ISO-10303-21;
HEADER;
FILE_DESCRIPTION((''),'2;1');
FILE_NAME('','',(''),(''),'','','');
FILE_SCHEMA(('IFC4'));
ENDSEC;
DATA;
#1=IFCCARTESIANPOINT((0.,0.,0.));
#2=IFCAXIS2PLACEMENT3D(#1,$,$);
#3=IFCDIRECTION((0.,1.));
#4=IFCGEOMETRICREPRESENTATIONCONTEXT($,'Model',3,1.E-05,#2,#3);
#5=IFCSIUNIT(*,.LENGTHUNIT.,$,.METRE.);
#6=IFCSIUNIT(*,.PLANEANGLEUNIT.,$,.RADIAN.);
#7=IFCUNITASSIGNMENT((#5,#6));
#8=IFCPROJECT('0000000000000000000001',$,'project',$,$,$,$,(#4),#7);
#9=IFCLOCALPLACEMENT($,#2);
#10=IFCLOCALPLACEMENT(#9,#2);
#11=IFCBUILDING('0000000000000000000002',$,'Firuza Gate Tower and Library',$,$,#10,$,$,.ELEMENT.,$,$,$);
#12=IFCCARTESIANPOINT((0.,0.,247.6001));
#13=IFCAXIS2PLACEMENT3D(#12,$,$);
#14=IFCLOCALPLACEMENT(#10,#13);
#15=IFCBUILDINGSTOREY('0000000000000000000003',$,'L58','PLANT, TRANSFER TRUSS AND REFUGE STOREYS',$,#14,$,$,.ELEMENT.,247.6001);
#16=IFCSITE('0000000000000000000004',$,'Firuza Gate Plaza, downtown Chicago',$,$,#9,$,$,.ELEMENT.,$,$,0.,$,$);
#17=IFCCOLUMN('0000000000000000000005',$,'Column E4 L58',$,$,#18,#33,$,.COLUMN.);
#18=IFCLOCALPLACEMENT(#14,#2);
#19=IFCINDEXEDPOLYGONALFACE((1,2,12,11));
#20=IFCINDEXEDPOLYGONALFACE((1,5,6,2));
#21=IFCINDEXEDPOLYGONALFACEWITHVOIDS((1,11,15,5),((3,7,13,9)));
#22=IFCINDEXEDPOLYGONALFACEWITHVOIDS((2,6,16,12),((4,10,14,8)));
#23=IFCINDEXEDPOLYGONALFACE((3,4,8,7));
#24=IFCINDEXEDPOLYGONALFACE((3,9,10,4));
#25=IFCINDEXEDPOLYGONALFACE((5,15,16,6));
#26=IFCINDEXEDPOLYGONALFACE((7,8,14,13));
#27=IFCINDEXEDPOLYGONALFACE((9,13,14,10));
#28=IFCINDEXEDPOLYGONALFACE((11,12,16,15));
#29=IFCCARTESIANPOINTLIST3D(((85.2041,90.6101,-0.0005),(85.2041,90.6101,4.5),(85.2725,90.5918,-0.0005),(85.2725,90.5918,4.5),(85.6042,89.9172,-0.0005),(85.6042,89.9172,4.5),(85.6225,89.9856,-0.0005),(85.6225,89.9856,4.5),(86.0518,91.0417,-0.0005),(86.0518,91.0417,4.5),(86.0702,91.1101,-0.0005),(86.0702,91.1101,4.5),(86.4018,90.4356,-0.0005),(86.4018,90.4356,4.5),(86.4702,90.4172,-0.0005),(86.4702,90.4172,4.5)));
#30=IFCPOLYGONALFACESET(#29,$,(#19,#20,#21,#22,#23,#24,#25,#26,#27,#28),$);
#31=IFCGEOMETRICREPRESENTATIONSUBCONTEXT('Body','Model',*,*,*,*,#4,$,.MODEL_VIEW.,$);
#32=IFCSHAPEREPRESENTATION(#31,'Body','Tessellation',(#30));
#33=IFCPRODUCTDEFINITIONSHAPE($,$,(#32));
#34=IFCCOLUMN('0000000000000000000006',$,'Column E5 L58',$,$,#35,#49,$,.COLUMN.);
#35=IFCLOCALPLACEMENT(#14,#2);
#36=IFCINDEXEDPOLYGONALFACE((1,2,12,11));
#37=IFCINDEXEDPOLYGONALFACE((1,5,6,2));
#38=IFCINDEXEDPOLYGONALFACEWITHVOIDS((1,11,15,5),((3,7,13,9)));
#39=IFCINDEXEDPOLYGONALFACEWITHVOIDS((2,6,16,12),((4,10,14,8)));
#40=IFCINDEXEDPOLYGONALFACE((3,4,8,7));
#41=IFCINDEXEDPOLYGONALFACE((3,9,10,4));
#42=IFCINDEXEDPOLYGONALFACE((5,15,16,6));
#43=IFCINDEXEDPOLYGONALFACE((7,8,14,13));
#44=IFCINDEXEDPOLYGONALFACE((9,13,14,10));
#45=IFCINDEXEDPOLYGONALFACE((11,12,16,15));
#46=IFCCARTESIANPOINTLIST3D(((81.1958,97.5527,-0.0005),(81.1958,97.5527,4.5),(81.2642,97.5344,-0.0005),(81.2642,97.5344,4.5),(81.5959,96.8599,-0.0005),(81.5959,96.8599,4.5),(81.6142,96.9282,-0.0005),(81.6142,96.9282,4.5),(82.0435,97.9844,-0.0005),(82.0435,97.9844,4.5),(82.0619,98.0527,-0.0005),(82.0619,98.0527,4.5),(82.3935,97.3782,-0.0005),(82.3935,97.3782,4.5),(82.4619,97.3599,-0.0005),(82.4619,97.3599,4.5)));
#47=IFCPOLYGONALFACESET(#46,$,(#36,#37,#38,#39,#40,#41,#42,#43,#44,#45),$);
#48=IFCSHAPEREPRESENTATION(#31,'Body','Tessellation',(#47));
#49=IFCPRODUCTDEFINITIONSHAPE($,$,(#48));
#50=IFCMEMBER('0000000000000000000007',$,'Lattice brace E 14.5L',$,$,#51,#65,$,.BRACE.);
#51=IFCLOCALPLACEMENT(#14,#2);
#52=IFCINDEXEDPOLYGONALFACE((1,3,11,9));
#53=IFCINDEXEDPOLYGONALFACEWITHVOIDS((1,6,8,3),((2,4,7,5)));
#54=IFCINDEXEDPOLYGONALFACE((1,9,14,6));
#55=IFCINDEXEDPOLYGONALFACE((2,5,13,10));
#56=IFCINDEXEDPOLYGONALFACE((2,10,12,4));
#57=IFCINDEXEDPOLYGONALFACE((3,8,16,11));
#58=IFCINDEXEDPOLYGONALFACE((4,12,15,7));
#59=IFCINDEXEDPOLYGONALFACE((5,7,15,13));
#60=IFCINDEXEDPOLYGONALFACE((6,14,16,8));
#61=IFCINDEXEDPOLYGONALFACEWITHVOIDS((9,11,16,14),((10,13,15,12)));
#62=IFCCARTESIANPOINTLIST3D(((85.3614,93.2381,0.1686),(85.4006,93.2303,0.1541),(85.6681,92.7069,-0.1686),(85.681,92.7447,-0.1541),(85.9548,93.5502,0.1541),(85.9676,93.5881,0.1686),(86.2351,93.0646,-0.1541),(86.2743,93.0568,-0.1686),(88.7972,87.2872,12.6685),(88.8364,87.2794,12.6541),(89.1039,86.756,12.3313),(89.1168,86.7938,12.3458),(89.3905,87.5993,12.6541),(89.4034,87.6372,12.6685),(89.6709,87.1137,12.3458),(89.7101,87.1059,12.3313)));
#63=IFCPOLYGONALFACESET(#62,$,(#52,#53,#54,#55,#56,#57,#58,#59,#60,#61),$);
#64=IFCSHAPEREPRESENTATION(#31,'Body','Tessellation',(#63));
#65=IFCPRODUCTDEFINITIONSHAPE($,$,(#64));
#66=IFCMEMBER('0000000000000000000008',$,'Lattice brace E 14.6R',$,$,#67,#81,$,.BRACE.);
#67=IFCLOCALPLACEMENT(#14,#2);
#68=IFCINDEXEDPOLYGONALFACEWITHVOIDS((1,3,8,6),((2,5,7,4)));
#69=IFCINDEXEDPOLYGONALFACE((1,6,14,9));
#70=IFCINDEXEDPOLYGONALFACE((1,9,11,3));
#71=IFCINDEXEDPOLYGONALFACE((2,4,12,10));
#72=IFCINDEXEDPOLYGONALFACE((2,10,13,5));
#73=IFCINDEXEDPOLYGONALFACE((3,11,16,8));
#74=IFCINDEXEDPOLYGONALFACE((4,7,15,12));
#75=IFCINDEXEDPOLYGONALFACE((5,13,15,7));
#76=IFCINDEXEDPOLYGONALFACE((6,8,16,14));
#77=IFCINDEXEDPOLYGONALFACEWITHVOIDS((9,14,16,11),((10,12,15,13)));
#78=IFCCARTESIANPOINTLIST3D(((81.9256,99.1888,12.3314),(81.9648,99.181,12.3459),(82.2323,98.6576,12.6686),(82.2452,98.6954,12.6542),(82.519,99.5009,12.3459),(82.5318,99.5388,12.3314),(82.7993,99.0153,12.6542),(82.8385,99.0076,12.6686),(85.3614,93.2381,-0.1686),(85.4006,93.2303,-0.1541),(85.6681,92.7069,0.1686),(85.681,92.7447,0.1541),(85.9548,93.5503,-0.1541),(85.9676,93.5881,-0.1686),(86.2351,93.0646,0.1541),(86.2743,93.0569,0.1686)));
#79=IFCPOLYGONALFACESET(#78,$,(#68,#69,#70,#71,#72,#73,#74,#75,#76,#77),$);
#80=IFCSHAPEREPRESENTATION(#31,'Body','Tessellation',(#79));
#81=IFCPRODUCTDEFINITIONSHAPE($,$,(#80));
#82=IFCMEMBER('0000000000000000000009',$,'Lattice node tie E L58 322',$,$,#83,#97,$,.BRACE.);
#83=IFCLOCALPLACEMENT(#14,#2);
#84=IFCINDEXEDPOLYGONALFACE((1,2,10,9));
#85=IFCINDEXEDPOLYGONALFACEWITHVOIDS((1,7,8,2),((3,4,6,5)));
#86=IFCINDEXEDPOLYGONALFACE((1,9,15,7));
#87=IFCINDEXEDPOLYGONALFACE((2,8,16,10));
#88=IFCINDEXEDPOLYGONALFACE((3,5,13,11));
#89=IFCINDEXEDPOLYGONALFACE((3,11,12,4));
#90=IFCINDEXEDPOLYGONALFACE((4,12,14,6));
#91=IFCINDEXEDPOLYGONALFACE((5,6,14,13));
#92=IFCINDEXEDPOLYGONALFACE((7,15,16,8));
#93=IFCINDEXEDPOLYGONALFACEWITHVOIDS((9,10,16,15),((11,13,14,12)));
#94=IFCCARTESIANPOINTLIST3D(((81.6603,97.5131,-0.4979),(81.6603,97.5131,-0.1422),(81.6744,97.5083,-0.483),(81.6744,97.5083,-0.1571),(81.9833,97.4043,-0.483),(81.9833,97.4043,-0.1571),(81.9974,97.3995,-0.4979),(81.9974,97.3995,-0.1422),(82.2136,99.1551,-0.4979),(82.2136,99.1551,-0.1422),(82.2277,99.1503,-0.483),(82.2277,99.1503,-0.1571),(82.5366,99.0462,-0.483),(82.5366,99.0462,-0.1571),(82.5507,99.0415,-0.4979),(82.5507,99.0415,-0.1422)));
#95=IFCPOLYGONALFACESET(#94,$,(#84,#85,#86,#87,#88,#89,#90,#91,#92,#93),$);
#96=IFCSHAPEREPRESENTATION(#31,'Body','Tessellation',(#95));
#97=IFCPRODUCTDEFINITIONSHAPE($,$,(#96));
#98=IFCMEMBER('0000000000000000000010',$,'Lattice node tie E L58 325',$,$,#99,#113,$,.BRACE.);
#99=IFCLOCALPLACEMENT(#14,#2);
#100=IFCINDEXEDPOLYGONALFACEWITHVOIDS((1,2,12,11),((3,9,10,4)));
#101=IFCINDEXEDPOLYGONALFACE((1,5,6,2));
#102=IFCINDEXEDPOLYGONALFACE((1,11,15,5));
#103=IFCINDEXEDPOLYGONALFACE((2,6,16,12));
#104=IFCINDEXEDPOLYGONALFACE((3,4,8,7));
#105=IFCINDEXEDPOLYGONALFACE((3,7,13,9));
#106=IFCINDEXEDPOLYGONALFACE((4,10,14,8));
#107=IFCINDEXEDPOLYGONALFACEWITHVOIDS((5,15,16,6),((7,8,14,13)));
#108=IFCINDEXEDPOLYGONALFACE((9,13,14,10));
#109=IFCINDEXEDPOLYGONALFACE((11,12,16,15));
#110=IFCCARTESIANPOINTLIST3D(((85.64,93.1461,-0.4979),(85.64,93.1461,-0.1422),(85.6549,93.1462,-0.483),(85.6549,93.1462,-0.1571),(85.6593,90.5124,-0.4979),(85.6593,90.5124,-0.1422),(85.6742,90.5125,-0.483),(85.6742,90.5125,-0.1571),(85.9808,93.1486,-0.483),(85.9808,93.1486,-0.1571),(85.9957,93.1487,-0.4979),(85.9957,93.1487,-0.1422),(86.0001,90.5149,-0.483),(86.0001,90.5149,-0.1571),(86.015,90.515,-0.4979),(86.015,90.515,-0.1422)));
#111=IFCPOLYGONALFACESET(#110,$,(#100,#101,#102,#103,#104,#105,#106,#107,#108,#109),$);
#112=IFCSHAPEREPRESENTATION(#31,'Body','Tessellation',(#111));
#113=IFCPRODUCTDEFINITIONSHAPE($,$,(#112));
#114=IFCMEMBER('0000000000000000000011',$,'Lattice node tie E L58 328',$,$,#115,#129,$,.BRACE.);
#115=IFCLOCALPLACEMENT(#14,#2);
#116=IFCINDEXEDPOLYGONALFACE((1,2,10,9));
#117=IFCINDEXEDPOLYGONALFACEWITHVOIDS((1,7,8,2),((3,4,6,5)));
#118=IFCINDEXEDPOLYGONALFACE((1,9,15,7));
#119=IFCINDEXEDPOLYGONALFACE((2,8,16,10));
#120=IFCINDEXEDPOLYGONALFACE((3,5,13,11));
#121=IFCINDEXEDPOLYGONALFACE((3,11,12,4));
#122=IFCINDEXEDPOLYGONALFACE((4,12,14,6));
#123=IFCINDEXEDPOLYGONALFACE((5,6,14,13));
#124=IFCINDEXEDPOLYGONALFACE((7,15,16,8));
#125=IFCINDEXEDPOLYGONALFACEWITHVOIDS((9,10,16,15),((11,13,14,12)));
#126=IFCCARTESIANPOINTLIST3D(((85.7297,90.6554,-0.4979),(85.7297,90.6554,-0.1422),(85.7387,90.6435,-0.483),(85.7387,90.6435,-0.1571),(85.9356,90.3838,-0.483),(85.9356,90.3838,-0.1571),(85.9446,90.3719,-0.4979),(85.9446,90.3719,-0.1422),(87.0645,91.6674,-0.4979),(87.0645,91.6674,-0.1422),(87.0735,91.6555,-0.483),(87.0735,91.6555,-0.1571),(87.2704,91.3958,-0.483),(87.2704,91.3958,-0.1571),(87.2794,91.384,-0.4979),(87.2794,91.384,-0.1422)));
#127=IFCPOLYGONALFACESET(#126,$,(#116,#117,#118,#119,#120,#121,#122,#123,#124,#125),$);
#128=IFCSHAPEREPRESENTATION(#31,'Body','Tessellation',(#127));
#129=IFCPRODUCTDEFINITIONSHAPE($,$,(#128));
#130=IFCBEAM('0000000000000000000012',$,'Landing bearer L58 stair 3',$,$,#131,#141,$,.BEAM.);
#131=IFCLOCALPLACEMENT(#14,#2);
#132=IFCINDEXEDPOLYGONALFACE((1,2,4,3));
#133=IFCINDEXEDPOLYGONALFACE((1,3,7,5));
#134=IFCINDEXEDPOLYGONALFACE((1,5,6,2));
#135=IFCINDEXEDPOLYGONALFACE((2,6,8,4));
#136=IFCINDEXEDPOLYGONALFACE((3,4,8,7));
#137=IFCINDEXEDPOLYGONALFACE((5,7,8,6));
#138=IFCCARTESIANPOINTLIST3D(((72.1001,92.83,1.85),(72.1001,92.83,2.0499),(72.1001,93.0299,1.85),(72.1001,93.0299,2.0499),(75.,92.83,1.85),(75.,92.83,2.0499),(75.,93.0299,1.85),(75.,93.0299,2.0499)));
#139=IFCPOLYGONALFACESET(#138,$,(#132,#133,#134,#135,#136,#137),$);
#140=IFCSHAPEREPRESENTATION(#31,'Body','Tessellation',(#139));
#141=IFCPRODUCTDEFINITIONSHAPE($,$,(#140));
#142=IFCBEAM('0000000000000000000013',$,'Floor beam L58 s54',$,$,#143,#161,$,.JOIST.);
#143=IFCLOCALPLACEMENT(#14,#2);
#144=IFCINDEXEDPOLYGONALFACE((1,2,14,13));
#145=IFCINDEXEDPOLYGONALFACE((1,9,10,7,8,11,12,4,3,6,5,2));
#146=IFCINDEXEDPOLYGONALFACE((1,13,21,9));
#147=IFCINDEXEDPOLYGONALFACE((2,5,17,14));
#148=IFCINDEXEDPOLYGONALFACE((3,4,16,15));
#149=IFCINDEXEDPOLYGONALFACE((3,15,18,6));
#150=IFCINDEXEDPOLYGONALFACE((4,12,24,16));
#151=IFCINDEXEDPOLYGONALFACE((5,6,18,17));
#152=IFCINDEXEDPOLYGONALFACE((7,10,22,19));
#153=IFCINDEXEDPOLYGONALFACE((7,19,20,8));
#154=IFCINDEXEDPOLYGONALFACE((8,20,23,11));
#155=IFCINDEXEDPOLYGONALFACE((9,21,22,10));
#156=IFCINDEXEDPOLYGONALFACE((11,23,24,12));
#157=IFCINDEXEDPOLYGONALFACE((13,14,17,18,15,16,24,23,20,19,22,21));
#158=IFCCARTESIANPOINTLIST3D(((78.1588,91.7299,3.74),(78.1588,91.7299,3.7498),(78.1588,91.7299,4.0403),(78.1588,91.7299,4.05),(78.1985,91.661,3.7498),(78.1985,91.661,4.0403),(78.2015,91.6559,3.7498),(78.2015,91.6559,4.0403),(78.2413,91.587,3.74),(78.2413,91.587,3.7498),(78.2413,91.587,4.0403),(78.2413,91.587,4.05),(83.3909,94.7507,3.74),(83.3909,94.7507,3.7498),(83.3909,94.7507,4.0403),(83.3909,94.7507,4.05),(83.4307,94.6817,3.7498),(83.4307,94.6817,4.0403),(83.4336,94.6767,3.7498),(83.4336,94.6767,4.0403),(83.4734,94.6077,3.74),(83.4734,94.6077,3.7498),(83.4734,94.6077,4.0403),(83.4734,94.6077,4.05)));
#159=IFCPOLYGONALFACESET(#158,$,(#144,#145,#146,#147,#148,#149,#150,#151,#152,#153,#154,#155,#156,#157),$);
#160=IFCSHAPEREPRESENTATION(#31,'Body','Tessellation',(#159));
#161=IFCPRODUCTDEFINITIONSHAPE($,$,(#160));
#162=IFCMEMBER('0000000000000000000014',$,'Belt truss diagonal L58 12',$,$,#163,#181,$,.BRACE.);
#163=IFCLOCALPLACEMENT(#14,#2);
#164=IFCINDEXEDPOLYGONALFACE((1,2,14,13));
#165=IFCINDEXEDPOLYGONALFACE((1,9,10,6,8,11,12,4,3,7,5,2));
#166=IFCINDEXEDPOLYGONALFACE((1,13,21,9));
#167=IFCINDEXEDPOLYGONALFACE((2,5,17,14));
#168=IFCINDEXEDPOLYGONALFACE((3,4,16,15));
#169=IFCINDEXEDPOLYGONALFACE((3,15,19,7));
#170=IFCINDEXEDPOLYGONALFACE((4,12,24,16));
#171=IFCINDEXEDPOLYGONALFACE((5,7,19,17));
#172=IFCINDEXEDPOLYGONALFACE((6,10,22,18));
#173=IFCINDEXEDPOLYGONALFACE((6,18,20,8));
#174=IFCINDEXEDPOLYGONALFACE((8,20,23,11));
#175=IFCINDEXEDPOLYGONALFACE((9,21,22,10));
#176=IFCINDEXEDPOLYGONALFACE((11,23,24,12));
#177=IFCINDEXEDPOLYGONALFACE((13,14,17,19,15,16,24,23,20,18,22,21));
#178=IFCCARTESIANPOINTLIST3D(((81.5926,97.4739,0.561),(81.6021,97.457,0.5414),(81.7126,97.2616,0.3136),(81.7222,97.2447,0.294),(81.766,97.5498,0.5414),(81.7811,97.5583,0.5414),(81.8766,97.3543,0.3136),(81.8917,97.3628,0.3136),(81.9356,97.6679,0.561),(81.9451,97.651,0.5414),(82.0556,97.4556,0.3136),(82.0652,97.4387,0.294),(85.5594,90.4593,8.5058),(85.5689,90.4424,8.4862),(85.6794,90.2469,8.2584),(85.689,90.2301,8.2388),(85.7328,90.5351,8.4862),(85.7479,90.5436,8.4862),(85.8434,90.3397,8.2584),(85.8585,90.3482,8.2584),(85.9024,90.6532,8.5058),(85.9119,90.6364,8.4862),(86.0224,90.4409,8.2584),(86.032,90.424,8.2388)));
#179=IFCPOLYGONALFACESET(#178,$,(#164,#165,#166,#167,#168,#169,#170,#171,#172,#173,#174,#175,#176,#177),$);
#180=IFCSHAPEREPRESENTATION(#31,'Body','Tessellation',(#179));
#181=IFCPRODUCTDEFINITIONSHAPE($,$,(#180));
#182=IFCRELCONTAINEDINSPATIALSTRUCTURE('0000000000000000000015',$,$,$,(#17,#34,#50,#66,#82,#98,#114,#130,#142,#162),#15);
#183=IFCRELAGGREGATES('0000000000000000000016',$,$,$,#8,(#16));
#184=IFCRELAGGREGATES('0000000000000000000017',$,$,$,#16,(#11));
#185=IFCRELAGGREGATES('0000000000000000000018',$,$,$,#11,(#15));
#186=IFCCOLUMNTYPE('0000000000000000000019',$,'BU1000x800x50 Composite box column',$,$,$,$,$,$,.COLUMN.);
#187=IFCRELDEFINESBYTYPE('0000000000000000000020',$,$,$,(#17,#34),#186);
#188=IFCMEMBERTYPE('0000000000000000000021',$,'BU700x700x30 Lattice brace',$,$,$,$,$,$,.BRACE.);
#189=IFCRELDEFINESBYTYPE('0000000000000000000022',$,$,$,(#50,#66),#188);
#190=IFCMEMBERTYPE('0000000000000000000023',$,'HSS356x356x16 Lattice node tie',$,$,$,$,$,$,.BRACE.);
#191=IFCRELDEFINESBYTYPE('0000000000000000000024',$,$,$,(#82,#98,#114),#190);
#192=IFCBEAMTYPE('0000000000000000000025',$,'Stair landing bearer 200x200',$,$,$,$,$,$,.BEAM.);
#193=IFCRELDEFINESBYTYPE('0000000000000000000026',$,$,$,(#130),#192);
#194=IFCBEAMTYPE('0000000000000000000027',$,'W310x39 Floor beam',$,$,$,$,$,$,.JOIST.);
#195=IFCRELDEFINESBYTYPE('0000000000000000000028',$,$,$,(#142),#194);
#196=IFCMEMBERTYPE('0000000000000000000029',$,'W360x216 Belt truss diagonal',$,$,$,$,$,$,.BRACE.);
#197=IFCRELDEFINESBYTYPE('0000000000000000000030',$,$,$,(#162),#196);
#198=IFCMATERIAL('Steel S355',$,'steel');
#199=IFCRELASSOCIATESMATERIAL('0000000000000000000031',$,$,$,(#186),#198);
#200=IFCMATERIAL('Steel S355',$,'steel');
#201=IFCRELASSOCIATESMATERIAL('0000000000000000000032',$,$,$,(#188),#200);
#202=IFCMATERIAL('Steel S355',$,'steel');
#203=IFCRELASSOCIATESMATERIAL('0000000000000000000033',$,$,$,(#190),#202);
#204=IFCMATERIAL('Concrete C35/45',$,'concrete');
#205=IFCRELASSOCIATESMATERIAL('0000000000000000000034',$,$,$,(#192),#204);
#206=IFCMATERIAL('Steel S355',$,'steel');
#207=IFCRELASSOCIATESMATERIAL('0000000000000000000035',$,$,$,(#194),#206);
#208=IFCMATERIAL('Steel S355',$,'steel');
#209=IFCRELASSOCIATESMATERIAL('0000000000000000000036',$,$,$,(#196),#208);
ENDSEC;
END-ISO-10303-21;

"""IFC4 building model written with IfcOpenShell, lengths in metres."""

from ifc_helpers import new_model, si_unit, direction, frame, origin, origin_2d, place, context, subcontext, project, spatial, rectangle, hollow_rectangle, i_section, extrude, material, material_profile, profile_set, type_object, element, save


model = new_model("IFC4")

# Units and contexts
model_context = context("Model", 3, precision=1e-05, world=origin(), true_north=direction((0.0, 1.0)))
body_context = subcontext(model_context, "Body", "Model", "MODEL_VIEW")
ifc_project = project(units=[si_unit("LENGTHUNIT", "METRE"), si_unit("PLANEANGLEUNIT", "RADIAN")], contexts=[model_context])

# Site, building, storey
site_placement = place(None, origin())
site = spatial("IfcSite", under=ifc_project, at=site_placement, Name="Firuza Gate Plaza, downtown Chicago", CompositionType="ELEMENT", RefElevation=0.0)
building_placement = place(site_placement, origin())
building = spatial("IfcBuilding", under=site, at=building_placement, Name="Firuza Gate Tower and Library", CompositionType="ELEMENT")
storey_placement = place(building_placement, frame((0.0, 0.0, 247.6001)))
storey = spatial("IfcBuildingStorey", under=building, at=storey_placement, Name="L58", Description="PLANT, TRANSFER TRUSS AND REFUGE STOREYS", CompositionType="ELEMENT", Elevation=247.6001)

# Columns
ifc_material_1 = material(Name="Steel S355", Category="steel")
ifc_material_profile_1 = material_profile(ifc_material_1, hollow_rectangle(XDim=0.8, YDim=1.0, WallThickness=0.05, at=origin_2d()))
ifc_profile_set_1 = profile_set([ifc_material_profile_1], Name="Steel S355")
column_type = type_object("IfcColumnType", Name="BU1000x800x50 Composite box column", PredefinedType="COLUMN", material=ifc_profile_set_1)
for number, where, z_axis, x_axis, name in (
    (1, (85.8372, 90.5137, -0.0005), (0.0, 0.0, 1.0), (-0.5, 0.866025, 0.0), "Column E4 L58"),
    (2, (81.8289, 97.4563, -0.0005), (0.0, 0.0, 1.0), (-0.5, 0.866025, 0.0), "Column E5 L58"),
):
    element("IfcColumn", number, at=place(storey_placement, frame(where, z_axis=z_axis, x_axis=x_axis)), inside=storey, type_object=column_type, Name=name, PredefinedType="COLUMN", context=body_context, shape_type="SweptSolid", body=[
        extrude(hollow_rectangle(XDim=0.8, YDim=1.0, WallThickness=0.05, at=origin_2d()), origin(), (0.0, 0.0, 1.0), 4.5005),
    ])

# Members
ifc_material_2 = material(Name="Steel S355", Category="steel")
ifc_material_profile_2 = material_profile(ifc_material_2, hollow_rectangle(XDim=0.7, YDim=0.7, WallThickness=0.03, at=origin_2d()))
ifc_profile_set_2 = profile_set([ifc_material_profile_2], Name="Steel S355")
member_type_1 = type_object("IfcMemberType", Name="BU700x700x30 Lattice brace", PredefinedType="BRACE", material=ifc_profile_set_2)
for number, where, z_axis, x_axis, name in (
    (3, (85.8179, 93.1475, 0.0), (0.240868, -0.417192, 0.876318), (0.866024, 0.500002, 0.0), "Lattice brace E 14.5L"),
    (4, (85.8179, 93.1475, 0.0), (-0.240869, 0.417178, 0.876324), (-0.866015, -0.500018, 0.0), "Lattice brace E 14.6R"),
):
    element("IfcMember", number, at=place(storey_placement, frame(where, z_axis=z_axis, x_axis=x_axis)), inside=storey, type_object=member_type_1, Name=name, PredefinedType="BRACE", context=body_context, shape_type="SweptSolid", body=[
        extrude(hollow_rectangle(XDim=0.7, YDim=0.7, WallThickness=0.03, at=origin_2d()), origin(), (0.0, 0.0, 1.0), 14.2642),
    ])
ifc_material_3 = material(Name="Steel S355", Category="steel")
ifc_material_profile_3 = material_profile(ifc_material_3, hollow_rectangle(XDim=0.3557, YDim=0.3557, WallThickness=0.0149, at=origin_2d()))
ifc_profile_set_3 = profile_set([ifc_material_profile_3], Name="Steel S355")
member_type_2 = type_object("IfcMemberType", Name="HSS356x356x16 Lattice node tie", PredefinedType="BRACE", material=ifc_profile_set_3)
member_1_placement = place(storey_placement, frame((81.8289, 97.4563, -0.3201), z_axis=(0.319312, 0.94765, 0.0), x_axis=(-0.94765, 0.319312, 0.0)))
element("IfcMember", 5, at=member_1_placement, inside=storey, type_object=member_type_2, Name="Lattice node tie E L58 322", PredefinedType="BRACE", context=body_context, shape_type="SweptSolid", body=[
    extrude(hollow_rectangle(XDim=0.3557, YDim=0.3557, WallThickness=0.0149, at=origin_2d()), origin(), (0.0, 0.0, 1.0), 1.7327),
])
member_2_placement = place(storey_placement, frame((85.8372, 90.5137, -0.3201), z_axis=(-0.007323, 0.999973, 0.0), x_axis=(-0.999973, -0.007323, 0.0)))
element("IfcMember", 6, at=member_2_placement, inside=storey, type_object=member_type_2, Name="Lattice node tie E L58 325", PredefinedType="BRACE", context=body_context, shape_type="SweptSolid", body=[
    extrude(hollow_rectangle(XDim=0.3557, YDim=0.3557, WallThickness=0.0149, at=origin_2d()), origin(), (0.0, 0.0, 1.0), 2.6338),
])
member_3_placement = place(storey_placement, frame((85.8372, 90.5137, -0.3201), z_axis=(0.796858, 0.604166, 0.0), x_axis=(-0.604166, 0.796858, 0.0)))
element("IfcMember", 7, at=member_3_placement, inside=storey, type_object=member_type_2, Name="Lattice node tie E L58 328", PredefinedType="BRACE", context=body_context, shape_type="SweptSolid", body=[
    extrude(hollow_rectangle(XDim=0.3557, YDim=0.3557, WallThickness=0.0149, at=origin_2d()), origin(), (0.0, 0.0, 1.0), 1.675),
])

# Beams
ifc_material_4 = material(Name="Concrete C35/45", Category="concrete")
ifc_material_profile_4 = material_profile(ifc_material_4, rectangle(XDim=0.2, YDim=0.2, at=origin_2d()))
ifc_profile_set_4 = profile_set([ifc_material_profile_4], Name="Concrete C35/45")
beam_type_1 = type_object("IfcBeamType", Name="Stair landing bearer 200x200", PredefinedType="BEAM", material=ifc_profile_set_4)
beam_1_placement = place(storey_placement, frame((75.0, 92.9299, 1.95), z_axis=(-1.0, 0.0, 0.0), x_axis=(0.0, -1.0, 0.0)))
element("IfcBeam", 8, at=beam_1_placement, inside=storey, type_object=beam_type_1, Name="Landing bearer L58 stair 3", PredefinedType="BEAM", context=body_context, shape_type="SweptSolid", body=[
    extrude(rectangle(XDim=0.2, YDim=0.2, at=origin_2d()), origin(), (0.0, 0.0, 1.0), 2.8999),
])
ifc_material_5 = material(Name="Steel S355", Category="steel")
ifc_material_profile_5 = material_profile(ifc_material_5, i_section(OverallWidth=0.165, OverallDepth=0.3101, WebThickness=0.0059, FlangeThickness=0.0098, at=origin_2d()))
ifc_profile_set_5 = profile_set([ifc_material_profile_5], Name="Steel S355")
beam_type_2 = type_object("IfcBeamType", Name="W310x39 Floor beam", PredefinedType="JOIST", material=ifc_profile_set_5)
beam_2_placement = place(storey_placement, frame((83.4321, 94.6792, 3.895), z_axis=(-0.866029, -0.499994, 0.0), x_axis=(0.499994, -0.866029, 0.0)))
element("IfcBeam", 9, at=beam_2_placement, inside=storey, type_object=beam_type_2, Name="Floor beam L58 s54", PredefinedType="JOIST", context=body_context, shape_type="SweptSolid", body=[
    extrude(i_section(OverallWidth=0.165, OverallDepth=0.3101, WebThickness=0.0059, FlangeThickness=0.0098, at=origin_2d()), origin(), (0.0, 0.0, 1.0), 6.0415),
])

# Member
ifc_material_6 = material(Name="Steel S355", Category="steel")
ifc_material_profile_6 = material_profile(ifc_material_6, i_section(OverallWidth=0.394, OverallDepth=0.375, WebThickness=0.0173, FlangeThickness=0.0276, at=origin_2d()))
ifc_profile_set_6 = profile_set([ifc_material_profile_6], Name="Steel S355")
member_type_3 = type_object("IfcMemberType", Name="W360x216 Belt truss diagonal", PredefinedType="BRACE", material=ifc_profile_set_6)
member_4_placement = place(storey_placement, frame((85.7957, 90.4417, 8.3723), z_axis=(-0.350535, 0.619865, -0.702063), x_axis=(-0.870457, -0.492245, 0.0)))
element("IfcMember", 10, at=member_4_placement, inside=storey, type_object=member_type_3, Name="Belt truss diagonal L58 12", PredefinedType="BRACE", context=body_context, shape_type="SweptSolid", body=[
    extrude(i_section(OverallWidth=0.394, OverallDepth=0.375, WebThickness=0.0173, FlangeThickness=0.0276, at=origin_2d()), origin(), (0.0, 0.0, 1.0), 11.3164),
])

save(model, "model.ifc")
